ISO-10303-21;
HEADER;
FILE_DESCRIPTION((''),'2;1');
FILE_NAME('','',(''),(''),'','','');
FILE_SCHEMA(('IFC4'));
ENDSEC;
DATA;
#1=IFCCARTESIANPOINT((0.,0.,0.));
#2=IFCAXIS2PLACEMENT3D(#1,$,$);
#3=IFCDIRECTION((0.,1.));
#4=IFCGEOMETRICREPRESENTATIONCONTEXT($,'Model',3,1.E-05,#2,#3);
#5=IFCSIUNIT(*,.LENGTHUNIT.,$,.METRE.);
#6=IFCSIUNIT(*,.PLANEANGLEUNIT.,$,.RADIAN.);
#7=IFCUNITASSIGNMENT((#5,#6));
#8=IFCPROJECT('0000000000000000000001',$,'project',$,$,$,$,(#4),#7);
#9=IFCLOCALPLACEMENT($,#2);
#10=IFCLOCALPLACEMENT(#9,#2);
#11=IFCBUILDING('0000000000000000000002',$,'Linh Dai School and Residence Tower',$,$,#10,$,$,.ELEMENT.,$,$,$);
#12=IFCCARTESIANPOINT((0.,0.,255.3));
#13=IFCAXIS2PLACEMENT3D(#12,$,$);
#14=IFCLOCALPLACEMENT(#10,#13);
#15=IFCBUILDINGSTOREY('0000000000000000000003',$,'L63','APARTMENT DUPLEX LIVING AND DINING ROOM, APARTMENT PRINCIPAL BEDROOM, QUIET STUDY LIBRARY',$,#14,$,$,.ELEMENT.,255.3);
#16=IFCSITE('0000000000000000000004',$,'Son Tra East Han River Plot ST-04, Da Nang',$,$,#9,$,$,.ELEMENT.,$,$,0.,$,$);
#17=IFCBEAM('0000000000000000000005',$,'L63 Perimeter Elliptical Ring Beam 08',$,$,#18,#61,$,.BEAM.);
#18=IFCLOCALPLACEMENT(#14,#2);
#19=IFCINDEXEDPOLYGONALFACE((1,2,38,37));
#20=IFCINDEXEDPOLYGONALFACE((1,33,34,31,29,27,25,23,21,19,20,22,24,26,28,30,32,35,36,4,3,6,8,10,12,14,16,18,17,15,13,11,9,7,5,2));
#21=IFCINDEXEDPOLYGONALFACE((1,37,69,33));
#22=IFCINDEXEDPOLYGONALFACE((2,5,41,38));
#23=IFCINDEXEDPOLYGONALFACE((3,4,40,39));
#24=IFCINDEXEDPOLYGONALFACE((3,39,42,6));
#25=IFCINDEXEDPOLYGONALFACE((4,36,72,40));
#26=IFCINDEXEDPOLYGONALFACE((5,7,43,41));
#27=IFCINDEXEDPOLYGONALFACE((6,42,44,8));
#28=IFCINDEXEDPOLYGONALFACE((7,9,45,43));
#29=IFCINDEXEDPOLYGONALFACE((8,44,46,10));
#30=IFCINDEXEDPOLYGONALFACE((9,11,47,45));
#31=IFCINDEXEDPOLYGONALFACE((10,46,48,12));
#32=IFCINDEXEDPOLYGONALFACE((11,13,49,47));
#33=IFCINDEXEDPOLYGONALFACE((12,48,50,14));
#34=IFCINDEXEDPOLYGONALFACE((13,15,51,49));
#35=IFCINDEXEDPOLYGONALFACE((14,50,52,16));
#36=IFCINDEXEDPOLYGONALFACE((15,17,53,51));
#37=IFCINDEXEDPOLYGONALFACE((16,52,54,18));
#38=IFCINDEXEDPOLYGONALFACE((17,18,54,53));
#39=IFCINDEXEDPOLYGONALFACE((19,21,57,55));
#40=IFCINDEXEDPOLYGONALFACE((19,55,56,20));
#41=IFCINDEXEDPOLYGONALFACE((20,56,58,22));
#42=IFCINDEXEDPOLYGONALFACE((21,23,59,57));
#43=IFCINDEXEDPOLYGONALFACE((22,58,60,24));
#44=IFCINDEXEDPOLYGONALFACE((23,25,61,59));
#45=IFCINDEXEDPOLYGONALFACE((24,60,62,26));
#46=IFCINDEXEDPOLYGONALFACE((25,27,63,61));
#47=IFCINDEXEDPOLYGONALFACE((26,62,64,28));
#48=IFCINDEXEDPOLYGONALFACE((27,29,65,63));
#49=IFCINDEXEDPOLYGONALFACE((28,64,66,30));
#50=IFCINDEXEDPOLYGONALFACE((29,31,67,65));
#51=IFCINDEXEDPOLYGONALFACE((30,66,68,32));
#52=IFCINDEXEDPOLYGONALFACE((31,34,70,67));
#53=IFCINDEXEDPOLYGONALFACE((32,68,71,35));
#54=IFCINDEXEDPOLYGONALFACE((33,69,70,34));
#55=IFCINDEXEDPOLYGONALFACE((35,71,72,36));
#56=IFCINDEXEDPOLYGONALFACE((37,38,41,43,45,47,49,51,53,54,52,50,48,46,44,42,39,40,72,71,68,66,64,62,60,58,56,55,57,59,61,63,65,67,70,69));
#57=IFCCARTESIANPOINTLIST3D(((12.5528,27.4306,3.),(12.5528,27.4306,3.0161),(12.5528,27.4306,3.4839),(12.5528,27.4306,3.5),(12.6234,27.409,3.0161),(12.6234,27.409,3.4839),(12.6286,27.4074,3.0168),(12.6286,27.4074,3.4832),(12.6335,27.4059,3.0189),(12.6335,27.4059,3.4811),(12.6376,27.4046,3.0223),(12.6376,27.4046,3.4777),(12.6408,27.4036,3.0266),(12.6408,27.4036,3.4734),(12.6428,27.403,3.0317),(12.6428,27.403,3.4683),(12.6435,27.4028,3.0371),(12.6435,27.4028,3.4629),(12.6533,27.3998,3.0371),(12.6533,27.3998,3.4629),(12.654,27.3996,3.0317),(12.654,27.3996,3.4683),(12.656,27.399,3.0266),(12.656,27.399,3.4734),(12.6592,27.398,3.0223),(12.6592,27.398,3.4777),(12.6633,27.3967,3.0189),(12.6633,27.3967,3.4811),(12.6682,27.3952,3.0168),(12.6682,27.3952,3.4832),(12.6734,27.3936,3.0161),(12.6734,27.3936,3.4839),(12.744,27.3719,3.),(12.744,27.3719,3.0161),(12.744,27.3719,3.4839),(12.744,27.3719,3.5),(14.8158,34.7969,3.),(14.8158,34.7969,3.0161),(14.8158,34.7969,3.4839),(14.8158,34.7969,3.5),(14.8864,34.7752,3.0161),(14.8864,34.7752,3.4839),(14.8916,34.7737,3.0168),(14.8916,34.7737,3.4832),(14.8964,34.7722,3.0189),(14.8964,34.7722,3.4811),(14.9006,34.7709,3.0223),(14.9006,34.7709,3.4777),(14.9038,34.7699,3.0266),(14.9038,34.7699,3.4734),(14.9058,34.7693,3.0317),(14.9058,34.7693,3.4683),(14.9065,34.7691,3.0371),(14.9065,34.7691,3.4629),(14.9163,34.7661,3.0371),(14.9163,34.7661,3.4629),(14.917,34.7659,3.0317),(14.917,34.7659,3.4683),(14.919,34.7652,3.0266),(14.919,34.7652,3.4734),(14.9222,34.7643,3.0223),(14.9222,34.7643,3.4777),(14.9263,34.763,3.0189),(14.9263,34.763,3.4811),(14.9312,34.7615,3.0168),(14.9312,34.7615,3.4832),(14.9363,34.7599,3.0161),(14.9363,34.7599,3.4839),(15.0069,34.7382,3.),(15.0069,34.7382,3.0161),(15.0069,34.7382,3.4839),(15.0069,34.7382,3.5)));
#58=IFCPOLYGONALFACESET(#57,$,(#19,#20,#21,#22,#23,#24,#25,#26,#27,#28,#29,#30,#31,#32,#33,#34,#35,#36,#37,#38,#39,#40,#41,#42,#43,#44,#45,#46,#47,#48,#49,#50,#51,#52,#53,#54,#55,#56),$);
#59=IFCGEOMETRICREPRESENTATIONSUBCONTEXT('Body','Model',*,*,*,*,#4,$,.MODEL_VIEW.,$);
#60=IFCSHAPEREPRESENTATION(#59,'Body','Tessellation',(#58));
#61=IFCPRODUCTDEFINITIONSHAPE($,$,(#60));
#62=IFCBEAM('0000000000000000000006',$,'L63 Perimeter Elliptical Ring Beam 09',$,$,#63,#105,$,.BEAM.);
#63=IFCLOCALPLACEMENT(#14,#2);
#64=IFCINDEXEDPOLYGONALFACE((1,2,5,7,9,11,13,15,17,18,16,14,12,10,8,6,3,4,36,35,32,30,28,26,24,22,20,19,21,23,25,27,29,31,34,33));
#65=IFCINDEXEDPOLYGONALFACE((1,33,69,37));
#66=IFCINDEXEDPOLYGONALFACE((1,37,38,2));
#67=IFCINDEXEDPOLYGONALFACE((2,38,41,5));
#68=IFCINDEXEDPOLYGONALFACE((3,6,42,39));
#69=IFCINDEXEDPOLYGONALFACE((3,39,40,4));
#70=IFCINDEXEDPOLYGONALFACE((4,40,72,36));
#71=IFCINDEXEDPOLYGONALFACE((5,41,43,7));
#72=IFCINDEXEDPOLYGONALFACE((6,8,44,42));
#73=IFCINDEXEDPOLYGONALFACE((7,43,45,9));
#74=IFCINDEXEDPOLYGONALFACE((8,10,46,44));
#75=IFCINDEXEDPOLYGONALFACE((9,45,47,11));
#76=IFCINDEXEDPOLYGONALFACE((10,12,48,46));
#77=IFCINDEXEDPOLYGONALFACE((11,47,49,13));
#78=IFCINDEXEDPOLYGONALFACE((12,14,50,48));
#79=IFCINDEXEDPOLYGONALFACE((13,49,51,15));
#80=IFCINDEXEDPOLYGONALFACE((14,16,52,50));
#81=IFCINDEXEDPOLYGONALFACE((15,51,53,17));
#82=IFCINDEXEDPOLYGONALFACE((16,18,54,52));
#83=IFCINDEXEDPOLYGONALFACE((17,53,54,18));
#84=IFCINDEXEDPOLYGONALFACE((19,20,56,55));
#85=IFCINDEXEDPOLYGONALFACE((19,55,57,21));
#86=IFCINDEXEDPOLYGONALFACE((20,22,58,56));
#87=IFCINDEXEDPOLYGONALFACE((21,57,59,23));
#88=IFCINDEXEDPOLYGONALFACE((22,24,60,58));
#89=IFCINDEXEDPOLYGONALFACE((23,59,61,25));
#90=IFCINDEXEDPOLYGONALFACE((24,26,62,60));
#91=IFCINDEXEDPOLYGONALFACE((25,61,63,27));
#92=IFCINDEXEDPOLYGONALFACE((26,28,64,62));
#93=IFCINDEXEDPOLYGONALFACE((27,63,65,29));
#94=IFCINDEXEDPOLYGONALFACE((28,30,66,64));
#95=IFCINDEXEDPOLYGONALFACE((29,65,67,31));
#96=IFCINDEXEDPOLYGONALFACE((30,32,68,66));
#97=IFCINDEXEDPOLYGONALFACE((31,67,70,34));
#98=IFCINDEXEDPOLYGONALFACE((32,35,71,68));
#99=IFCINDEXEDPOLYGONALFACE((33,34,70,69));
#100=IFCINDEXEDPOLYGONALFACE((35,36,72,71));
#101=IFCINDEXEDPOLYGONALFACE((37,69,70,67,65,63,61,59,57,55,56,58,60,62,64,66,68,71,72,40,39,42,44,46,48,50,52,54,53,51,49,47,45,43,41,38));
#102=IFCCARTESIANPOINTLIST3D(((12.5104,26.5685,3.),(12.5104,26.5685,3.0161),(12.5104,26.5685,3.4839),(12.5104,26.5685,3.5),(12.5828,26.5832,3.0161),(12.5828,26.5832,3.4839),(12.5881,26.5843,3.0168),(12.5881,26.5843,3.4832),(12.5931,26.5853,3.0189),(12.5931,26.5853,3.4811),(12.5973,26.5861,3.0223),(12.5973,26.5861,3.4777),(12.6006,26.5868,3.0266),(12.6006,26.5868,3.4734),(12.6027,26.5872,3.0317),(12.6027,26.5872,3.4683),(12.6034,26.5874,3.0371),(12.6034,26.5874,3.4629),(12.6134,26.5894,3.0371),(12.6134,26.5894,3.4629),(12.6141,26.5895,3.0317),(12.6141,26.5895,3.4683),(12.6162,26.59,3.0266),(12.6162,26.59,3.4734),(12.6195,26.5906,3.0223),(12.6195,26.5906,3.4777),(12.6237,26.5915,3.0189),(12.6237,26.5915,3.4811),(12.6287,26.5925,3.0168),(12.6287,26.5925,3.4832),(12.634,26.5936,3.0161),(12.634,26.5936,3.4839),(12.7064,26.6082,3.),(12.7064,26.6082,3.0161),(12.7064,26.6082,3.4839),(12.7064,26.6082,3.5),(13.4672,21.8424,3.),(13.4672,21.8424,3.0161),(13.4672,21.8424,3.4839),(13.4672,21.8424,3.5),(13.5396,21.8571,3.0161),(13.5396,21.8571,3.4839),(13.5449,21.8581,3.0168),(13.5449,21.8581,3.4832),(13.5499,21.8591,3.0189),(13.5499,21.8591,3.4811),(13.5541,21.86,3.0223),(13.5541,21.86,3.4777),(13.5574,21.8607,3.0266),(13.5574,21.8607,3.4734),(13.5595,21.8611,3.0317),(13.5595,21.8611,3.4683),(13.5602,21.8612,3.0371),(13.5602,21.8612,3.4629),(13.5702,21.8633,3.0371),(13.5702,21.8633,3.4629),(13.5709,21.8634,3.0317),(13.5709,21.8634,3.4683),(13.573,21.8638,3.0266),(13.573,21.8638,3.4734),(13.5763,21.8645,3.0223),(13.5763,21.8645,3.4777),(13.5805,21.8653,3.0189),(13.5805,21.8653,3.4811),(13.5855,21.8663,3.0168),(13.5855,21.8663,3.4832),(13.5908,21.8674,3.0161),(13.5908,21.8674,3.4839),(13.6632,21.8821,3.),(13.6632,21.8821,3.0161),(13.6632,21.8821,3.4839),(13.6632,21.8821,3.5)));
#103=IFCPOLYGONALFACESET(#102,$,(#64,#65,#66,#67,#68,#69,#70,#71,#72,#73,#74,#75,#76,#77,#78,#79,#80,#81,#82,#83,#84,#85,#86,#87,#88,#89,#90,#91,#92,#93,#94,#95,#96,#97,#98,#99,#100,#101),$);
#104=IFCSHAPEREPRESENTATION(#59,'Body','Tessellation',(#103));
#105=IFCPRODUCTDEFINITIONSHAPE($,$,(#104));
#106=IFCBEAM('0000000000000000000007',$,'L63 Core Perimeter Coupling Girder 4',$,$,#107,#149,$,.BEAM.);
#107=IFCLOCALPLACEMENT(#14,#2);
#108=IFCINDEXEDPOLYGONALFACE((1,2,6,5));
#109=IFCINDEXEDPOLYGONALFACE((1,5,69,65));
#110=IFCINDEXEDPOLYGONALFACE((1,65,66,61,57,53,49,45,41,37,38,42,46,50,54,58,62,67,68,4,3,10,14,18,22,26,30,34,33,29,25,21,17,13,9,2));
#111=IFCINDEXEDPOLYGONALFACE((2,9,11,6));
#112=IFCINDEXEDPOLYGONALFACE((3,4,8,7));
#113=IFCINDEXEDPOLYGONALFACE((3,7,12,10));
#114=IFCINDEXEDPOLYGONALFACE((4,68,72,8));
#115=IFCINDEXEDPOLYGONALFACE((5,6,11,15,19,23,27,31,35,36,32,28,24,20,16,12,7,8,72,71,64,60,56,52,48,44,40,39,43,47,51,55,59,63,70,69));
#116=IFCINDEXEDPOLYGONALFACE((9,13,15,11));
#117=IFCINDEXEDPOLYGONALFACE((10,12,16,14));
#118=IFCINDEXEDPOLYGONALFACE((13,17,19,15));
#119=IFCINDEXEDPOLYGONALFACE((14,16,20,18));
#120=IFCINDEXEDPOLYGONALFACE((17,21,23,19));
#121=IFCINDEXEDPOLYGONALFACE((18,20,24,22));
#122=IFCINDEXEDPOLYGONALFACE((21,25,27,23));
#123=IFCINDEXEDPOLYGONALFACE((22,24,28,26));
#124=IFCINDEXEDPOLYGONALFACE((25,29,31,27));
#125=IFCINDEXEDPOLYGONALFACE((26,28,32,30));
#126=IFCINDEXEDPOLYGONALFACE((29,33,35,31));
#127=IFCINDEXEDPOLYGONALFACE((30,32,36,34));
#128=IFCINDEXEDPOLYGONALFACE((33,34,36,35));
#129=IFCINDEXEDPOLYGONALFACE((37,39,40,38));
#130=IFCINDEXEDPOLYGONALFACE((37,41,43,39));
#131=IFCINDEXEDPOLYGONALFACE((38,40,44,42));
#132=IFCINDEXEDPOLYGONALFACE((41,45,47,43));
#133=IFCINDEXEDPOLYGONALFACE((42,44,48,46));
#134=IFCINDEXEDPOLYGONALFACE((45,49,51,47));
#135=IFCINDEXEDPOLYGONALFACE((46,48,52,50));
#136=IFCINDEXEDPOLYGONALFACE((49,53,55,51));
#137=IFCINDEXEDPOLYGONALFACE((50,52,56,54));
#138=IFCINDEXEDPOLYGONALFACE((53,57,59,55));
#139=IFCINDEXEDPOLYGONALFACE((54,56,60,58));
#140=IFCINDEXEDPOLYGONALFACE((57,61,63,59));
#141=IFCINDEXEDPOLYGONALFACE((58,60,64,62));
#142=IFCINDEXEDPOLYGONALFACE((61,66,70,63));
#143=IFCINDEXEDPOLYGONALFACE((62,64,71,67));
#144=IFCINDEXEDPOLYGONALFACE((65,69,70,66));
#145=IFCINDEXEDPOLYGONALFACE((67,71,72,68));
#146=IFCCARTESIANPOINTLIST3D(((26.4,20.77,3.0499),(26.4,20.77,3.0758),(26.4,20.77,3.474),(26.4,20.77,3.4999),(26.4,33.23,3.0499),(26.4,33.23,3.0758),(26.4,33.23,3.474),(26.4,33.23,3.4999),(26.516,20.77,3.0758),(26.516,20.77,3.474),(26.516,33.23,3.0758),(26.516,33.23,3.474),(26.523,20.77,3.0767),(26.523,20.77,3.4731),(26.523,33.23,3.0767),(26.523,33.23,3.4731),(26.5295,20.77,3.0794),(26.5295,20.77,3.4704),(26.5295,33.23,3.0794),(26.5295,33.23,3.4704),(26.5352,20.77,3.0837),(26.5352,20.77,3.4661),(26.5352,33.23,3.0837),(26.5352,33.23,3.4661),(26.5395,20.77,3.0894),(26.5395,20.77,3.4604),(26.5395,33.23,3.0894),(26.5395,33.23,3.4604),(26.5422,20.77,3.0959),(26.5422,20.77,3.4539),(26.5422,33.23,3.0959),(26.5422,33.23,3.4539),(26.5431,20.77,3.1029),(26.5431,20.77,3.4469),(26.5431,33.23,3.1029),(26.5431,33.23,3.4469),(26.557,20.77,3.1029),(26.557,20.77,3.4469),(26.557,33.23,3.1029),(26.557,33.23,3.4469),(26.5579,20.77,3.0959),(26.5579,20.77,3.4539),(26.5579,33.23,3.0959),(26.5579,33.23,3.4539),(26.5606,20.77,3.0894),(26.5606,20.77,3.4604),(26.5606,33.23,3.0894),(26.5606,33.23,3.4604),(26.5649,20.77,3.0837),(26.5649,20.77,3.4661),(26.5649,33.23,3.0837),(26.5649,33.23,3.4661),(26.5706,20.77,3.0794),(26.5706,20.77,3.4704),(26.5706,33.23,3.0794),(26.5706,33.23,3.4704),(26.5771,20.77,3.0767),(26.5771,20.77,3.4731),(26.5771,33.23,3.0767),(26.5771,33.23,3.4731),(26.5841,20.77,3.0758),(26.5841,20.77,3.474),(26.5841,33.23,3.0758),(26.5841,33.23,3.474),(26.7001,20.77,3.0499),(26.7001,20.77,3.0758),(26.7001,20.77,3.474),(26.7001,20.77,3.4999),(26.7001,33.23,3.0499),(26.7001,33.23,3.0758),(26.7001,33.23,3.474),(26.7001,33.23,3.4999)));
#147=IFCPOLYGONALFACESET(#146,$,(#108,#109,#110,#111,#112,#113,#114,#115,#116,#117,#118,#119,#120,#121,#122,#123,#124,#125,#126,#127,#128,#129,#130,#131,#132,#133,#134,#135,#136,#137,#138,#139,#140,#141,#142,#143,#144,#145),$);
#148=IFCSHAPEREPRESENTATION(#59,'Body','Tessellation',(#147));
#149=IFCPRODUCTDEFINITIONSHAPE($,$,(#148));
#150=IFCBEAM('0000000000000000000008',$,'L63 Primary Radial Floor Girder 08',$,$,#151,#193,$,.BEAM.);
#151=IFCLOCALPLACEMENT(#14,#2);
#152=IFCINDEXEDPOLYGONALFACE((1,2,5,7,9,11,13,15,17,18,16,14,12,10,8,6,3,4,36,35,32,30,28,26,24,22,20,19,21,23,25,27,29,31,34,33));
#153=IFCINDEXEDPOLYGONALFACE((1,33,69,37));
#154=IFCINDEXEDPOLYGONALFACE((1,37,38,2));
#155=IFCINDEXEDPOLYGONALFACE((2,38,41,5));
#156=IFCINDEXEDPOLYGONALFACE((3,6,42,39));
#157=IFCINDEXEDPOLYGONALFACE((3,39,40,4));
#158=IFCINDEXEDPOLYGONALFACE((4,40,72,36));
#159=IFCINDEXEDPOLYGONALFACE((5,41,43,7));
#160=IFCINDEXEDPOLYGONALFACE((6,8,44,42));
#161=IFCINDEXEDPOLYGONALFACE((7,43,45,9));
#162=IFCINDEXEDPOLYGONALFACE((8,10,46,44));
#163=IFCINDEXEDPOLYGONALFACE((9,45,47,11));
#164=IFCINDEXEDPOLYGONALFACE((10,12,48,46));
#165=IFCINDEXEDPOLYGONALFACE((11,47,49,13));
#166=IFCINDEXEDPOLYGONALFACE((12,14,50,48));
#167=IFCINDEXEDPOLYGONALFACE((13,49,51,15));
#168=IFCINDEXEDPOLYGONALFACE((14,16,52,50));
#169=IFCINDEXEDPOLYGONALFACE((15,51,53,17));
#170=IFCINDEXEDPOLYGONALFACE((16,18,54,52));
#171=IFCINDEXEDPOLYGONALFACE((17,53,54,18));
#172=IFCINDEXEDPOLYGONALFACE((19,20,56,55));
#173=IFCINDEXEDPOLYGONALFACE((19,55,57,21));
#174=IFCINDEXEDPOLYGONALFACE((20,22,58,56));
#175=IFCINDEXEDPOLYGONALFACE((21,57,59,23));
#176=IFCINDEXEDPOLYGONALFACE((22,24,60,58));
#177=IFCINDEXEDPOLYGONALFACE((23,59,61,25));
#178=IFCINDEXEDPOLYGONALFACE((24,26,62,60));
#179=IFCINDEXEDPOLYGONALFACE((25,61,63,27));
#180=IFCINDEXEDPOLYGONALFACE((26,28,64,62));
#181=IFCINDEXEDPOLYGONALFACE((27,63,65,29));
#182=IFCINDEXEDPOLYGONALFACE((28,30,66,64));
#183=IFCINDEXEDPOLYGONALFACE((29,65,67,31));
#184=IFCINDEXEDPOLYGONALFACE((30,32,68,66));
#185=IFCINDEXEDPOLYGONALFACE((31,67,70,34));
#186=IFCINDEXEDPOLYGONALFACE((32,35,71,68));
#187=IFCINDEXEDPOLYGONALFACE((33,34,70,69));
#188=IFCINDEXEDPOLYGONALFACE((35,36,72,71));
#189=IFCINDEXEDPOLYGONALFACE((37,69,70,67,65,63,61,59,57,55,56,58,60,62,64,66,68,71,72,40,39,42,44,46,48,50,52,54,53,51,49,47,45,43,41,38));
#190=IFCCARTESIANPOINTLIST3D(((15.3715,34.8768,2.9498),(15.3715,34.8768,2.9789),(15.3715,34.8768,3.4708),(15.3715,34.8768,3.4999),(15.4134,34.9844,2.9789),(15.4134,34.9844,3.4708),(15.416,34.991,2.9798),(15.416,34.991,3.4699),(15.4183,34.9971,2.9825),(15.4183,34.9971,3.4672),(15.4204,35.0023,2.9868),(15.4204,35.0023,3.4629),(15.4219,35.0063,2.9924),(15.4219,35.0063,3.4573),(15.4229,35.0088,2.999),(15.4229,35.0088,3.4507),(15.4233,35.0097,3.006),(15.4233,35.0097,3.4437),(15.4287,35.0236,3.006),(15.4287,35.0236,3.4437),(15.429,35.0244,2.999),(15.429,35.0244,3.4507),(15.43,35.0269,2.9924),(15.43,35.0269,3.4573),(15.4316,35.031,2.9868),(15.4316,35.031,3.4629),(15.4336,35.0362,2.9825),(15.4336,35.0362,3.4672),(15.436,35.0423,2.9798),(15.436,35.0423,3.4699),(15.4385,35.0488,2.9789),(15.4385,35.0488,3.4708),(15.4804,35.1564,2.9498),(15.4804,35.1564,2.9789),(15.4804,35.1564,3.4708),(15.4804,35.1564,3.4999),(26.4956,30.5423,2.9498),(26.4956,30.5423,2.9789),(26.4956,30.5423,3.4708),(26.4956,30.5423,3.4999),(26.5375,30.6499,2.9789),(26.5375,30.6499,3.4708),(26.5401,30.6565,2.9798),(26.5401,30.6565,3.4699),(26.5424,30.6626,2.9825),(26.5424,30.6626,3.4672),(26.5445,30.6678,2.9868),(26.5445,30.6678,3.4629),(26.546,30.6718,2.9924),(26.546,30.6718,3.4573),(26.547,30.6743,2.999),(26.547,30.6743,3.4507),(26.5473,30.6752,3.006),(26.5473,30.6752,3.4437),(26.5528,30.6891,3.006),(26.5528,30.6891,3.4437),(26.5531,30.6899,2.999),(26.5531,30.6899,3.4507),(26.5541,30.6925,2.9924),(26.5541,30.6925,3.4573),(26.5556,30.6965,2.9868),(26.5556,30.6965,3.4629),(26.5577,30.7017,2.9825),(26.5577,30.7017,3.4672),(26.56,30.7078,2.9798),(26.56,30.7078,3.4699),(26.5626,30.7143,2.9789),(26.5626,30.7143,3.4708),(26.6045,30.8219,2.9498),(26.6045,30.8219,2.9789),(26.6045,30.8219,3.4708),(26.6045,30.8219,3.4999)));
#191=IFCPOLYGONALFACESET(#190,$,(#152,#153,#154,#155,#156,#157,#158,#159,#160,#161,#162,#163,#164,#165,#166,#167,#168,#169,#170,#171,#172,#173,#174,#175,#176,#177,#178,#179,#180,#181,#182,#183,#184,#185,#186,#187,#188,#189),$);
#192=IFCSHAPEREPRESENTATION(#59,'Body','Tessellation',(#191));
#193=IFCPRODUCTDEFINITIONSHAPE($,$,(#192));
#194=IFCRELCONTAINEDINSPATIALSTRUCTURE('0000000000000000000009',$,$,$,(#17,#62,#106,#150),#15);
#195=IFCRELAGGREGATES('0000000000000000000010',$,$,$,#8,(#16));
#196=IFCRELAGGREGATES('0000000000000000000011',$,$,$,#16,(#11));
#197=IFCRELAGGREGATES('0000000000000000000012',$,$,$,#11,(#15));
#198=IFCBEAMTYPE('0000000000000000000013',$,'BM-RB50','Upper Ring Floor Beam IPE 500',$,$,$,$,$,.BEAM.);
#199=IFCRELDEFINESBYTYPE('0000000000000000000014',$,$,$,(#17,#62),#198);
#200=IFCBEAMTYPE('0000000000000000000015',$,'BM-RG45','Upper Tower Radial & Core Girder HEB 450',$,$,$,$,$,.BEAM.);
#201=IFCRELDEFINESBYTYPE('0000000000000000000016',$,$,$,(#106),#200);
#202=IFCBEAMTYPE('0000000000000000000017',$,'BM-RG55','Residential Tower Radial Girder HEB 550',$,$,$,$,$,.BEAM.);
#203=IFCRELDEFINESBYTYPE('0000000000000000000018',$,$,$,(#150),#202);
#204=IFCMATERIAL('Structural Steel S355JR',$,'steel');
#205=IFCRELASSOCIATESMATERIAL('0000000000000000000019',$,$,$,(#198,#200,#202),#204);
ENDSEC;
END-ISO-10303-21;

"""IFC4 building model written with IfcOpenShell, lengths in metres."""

from ifc_helpers import new_model, si_unit, direction, frame, origin, origin_2d, place, context, subcontext, project, spatial, i_section, extrude, material, material_profile, profile_set, type_object, element, save


model = new_model("IFC4")

# Units and contexts
model_context = context("Model", 3, precision=1e-05, world=origin(), true_north=direction((0.0, 1.0)))
body_context = subcontext(model_context, "Body", "Model", "MODEL_VIEW")
ifc_project = project(units=[si_unit("LENGTHUNIT", "METRE"), si_unit("PLANEANGLEUNIT", "RADIAN")], contexts=[model_context])

# Site, building, storey
site_placement = place(None, origin())
site = spatial("IfcSite", under=ifc_project, at=site_placement, Name="Son Tra East Han River Plot ST-04, Da Nang", CompositionType="ELEMENT", RefElevation=0.0)
building_placement = place(site_placement, origin())
building = spatial("IfcBuilding", under=site, at=building_placement, Name="Linh Dai School and Residence Tower", CompositionType="ELEMENT")
storey_placement = place(building_placement, frame((0.0, 0.0, 255.3)))
storey = spatial("IfcBuildingStorey", under=building, at=storey_placement, Name="L63", Description="APARTMENT DUPLEX LIVING AND DINING ROOM, APARTMENT PRINCIPAL BEDROOM, QUIET STUDY LIBRARY", CompositionType="ELEMENT", Elevation=255.3)

# Shared definitions
ifc_material_1 = material(Name="Structural Steel S355JR", Category="steel")

# Beams
ifc_material_profile_1 = material_profile(ifc_material_1, i_section(OverallWidth=0.2, OverallDepth=0.5, WebThickness=0.0103, FlangeThickness=0.0161, FilletRadius=0.021, at=origin_2d()), Name="IPE 500")
ifc_profile_set_1 = profile_set([ifc_material_profile_1], Name="Structural Steel S355JR")
beam_type_1 = type_object("IfcBeamType", Name="BM-RB50", Description="Upper Ring Floor Beam IPE 500", PredefinedType="BEAM", material=ifc_profile_set_1)
beam_1_placement = place(storey_placement, frame((14.9114, 34.7676, 3.25), z_axis=(-0.293661, -0.95591, 0.0), x_axis=(0.95591, -0.293661, 0.0)))
element("IfcBeam", 1, at=beam_1_placement, inside=storey, type_object=beam_type_1, Name="L63 Perimeter Elliptical Ring Beam 08", PredefinedType="BEAM", context=body_context, shape_type="SweptSolid", body=[
    extrude(i_section(OverallWidth=0.2, OverallDepth=0.5, WebThickness=0.0103, FlangeThickness=0.0161, FilletRadius=0.021, at=origin_2d()), origin(), (0.0, 0.0, 1.0), 7.7061),
])
beam_2_placement = place(storey_placement, frame((12.6084, 26.5884, 3.25), z_axis=(0.198423, -0.980116, 0.0), x_axis=(0.980116, 0.198423, 0.0)))
element("IfcBeam", 2, at=beam_2_placement, inside=storey, type_object=beam_type_1, Name="L63 Perimeter Elliptical Ring Beam 09", PredefinedType="BEAM", context=body_context, shape_type="SweptSolid", body=[
    extrude(i_section(OverallWidth=0.2, OverallDepth=0.5, WebThickness=0.0103, FlangeThickness=0.0161, FilletRadius=0.021, at=origin_2d()), origin(), (0.0, 0.0, 1.0), 4.822),
])
ifc_material_profile_2 = material_profile(ifc_material_1, i_section(OverallWidth=0.3, OverallDepth=0.45, WebThickness=0.0139, FlangeThickness=0.0259, FilletRadius=0.0271, at=origin_2d()), Name="HEB 450")
ifc_profile_set_2 = profile_set([ifc_material_profile_2], Name="Structural Steel S355JR")
beam_type_2 = type_object("IfcBeamType", Name="BM-RG45", Description="Upper Tower Radial & Core Girder HEB 450", PredefinedType="BEAM", material=ifc_profile_set_2)
beam_3_placement = place(storey_placement, frame((26.55, 33.23, 3.2749), z_axis=(0.0, -1.0, 0.0), x_axis=(1.0, 0.0, 0.0)))
element("IfcBeam", 3, at=beam_3_placement, inside=storey, type_object=beam_type_2, Name="L63 Core Perimeter Coupling Girder 4", PredefinedType="BEAM", context=body_context, shape_type="SweptSolid", body=[
    extrude(i_section(OverallWidth=0.3, OverallDepth=0.45, WebThickness=0.0139, FlangeThickness=0.0259, FilletRadius=0.0271, at=origin_2d()), origin(), (0.0, 0.0, 1.0), 12.46),
])
ifc_material_profile_3 = material_profile(ifc_material_1, i_section(OverallWidth=0.3, OverallDepth=0.55, WebThickness=0.0149, FlangeThickness=0.0291, FilletRadius=0.0271, at=origin_2d()), Name="HEB 550")
ifc_profile_set_3 = profile_set([ifc_material_profile_3], Name="Structural Steel S355JR")
beam_type_3 = type_object("IfcBeamType", Name="BM-RG55", Description="Residential Tower Radial Girder HEB 550", PredefinedType="BEAM", material=ifc_profile_set_3)
beam_4_placement = place(storey_placement, frame((26.55, 30.6821, 3.2249), z_axis=(-0.931765, 0.363062, 0.0), x_axis=(-0.363062, -0.931765, 0.0)))
element("IfcBeam", 4, at=beam_4_placement, inside=storey, type_object=beam_type_3, Name="L63 Primary Radial Floor Girder 08", PredefinedType="BEAM", context=body_context, shape_type="SweptSolid", body=[
    extrude(i_section(OverallWidth=0.3, OverallDepth=0.55, WebThickness=0.0149, FlangeThickness=0.0291, FilletRadius=0.0271, at=origin_2d()), origin(), (0.0, 0.0, 1.0), 11.9387),
])

save(model, "model.ifc")
